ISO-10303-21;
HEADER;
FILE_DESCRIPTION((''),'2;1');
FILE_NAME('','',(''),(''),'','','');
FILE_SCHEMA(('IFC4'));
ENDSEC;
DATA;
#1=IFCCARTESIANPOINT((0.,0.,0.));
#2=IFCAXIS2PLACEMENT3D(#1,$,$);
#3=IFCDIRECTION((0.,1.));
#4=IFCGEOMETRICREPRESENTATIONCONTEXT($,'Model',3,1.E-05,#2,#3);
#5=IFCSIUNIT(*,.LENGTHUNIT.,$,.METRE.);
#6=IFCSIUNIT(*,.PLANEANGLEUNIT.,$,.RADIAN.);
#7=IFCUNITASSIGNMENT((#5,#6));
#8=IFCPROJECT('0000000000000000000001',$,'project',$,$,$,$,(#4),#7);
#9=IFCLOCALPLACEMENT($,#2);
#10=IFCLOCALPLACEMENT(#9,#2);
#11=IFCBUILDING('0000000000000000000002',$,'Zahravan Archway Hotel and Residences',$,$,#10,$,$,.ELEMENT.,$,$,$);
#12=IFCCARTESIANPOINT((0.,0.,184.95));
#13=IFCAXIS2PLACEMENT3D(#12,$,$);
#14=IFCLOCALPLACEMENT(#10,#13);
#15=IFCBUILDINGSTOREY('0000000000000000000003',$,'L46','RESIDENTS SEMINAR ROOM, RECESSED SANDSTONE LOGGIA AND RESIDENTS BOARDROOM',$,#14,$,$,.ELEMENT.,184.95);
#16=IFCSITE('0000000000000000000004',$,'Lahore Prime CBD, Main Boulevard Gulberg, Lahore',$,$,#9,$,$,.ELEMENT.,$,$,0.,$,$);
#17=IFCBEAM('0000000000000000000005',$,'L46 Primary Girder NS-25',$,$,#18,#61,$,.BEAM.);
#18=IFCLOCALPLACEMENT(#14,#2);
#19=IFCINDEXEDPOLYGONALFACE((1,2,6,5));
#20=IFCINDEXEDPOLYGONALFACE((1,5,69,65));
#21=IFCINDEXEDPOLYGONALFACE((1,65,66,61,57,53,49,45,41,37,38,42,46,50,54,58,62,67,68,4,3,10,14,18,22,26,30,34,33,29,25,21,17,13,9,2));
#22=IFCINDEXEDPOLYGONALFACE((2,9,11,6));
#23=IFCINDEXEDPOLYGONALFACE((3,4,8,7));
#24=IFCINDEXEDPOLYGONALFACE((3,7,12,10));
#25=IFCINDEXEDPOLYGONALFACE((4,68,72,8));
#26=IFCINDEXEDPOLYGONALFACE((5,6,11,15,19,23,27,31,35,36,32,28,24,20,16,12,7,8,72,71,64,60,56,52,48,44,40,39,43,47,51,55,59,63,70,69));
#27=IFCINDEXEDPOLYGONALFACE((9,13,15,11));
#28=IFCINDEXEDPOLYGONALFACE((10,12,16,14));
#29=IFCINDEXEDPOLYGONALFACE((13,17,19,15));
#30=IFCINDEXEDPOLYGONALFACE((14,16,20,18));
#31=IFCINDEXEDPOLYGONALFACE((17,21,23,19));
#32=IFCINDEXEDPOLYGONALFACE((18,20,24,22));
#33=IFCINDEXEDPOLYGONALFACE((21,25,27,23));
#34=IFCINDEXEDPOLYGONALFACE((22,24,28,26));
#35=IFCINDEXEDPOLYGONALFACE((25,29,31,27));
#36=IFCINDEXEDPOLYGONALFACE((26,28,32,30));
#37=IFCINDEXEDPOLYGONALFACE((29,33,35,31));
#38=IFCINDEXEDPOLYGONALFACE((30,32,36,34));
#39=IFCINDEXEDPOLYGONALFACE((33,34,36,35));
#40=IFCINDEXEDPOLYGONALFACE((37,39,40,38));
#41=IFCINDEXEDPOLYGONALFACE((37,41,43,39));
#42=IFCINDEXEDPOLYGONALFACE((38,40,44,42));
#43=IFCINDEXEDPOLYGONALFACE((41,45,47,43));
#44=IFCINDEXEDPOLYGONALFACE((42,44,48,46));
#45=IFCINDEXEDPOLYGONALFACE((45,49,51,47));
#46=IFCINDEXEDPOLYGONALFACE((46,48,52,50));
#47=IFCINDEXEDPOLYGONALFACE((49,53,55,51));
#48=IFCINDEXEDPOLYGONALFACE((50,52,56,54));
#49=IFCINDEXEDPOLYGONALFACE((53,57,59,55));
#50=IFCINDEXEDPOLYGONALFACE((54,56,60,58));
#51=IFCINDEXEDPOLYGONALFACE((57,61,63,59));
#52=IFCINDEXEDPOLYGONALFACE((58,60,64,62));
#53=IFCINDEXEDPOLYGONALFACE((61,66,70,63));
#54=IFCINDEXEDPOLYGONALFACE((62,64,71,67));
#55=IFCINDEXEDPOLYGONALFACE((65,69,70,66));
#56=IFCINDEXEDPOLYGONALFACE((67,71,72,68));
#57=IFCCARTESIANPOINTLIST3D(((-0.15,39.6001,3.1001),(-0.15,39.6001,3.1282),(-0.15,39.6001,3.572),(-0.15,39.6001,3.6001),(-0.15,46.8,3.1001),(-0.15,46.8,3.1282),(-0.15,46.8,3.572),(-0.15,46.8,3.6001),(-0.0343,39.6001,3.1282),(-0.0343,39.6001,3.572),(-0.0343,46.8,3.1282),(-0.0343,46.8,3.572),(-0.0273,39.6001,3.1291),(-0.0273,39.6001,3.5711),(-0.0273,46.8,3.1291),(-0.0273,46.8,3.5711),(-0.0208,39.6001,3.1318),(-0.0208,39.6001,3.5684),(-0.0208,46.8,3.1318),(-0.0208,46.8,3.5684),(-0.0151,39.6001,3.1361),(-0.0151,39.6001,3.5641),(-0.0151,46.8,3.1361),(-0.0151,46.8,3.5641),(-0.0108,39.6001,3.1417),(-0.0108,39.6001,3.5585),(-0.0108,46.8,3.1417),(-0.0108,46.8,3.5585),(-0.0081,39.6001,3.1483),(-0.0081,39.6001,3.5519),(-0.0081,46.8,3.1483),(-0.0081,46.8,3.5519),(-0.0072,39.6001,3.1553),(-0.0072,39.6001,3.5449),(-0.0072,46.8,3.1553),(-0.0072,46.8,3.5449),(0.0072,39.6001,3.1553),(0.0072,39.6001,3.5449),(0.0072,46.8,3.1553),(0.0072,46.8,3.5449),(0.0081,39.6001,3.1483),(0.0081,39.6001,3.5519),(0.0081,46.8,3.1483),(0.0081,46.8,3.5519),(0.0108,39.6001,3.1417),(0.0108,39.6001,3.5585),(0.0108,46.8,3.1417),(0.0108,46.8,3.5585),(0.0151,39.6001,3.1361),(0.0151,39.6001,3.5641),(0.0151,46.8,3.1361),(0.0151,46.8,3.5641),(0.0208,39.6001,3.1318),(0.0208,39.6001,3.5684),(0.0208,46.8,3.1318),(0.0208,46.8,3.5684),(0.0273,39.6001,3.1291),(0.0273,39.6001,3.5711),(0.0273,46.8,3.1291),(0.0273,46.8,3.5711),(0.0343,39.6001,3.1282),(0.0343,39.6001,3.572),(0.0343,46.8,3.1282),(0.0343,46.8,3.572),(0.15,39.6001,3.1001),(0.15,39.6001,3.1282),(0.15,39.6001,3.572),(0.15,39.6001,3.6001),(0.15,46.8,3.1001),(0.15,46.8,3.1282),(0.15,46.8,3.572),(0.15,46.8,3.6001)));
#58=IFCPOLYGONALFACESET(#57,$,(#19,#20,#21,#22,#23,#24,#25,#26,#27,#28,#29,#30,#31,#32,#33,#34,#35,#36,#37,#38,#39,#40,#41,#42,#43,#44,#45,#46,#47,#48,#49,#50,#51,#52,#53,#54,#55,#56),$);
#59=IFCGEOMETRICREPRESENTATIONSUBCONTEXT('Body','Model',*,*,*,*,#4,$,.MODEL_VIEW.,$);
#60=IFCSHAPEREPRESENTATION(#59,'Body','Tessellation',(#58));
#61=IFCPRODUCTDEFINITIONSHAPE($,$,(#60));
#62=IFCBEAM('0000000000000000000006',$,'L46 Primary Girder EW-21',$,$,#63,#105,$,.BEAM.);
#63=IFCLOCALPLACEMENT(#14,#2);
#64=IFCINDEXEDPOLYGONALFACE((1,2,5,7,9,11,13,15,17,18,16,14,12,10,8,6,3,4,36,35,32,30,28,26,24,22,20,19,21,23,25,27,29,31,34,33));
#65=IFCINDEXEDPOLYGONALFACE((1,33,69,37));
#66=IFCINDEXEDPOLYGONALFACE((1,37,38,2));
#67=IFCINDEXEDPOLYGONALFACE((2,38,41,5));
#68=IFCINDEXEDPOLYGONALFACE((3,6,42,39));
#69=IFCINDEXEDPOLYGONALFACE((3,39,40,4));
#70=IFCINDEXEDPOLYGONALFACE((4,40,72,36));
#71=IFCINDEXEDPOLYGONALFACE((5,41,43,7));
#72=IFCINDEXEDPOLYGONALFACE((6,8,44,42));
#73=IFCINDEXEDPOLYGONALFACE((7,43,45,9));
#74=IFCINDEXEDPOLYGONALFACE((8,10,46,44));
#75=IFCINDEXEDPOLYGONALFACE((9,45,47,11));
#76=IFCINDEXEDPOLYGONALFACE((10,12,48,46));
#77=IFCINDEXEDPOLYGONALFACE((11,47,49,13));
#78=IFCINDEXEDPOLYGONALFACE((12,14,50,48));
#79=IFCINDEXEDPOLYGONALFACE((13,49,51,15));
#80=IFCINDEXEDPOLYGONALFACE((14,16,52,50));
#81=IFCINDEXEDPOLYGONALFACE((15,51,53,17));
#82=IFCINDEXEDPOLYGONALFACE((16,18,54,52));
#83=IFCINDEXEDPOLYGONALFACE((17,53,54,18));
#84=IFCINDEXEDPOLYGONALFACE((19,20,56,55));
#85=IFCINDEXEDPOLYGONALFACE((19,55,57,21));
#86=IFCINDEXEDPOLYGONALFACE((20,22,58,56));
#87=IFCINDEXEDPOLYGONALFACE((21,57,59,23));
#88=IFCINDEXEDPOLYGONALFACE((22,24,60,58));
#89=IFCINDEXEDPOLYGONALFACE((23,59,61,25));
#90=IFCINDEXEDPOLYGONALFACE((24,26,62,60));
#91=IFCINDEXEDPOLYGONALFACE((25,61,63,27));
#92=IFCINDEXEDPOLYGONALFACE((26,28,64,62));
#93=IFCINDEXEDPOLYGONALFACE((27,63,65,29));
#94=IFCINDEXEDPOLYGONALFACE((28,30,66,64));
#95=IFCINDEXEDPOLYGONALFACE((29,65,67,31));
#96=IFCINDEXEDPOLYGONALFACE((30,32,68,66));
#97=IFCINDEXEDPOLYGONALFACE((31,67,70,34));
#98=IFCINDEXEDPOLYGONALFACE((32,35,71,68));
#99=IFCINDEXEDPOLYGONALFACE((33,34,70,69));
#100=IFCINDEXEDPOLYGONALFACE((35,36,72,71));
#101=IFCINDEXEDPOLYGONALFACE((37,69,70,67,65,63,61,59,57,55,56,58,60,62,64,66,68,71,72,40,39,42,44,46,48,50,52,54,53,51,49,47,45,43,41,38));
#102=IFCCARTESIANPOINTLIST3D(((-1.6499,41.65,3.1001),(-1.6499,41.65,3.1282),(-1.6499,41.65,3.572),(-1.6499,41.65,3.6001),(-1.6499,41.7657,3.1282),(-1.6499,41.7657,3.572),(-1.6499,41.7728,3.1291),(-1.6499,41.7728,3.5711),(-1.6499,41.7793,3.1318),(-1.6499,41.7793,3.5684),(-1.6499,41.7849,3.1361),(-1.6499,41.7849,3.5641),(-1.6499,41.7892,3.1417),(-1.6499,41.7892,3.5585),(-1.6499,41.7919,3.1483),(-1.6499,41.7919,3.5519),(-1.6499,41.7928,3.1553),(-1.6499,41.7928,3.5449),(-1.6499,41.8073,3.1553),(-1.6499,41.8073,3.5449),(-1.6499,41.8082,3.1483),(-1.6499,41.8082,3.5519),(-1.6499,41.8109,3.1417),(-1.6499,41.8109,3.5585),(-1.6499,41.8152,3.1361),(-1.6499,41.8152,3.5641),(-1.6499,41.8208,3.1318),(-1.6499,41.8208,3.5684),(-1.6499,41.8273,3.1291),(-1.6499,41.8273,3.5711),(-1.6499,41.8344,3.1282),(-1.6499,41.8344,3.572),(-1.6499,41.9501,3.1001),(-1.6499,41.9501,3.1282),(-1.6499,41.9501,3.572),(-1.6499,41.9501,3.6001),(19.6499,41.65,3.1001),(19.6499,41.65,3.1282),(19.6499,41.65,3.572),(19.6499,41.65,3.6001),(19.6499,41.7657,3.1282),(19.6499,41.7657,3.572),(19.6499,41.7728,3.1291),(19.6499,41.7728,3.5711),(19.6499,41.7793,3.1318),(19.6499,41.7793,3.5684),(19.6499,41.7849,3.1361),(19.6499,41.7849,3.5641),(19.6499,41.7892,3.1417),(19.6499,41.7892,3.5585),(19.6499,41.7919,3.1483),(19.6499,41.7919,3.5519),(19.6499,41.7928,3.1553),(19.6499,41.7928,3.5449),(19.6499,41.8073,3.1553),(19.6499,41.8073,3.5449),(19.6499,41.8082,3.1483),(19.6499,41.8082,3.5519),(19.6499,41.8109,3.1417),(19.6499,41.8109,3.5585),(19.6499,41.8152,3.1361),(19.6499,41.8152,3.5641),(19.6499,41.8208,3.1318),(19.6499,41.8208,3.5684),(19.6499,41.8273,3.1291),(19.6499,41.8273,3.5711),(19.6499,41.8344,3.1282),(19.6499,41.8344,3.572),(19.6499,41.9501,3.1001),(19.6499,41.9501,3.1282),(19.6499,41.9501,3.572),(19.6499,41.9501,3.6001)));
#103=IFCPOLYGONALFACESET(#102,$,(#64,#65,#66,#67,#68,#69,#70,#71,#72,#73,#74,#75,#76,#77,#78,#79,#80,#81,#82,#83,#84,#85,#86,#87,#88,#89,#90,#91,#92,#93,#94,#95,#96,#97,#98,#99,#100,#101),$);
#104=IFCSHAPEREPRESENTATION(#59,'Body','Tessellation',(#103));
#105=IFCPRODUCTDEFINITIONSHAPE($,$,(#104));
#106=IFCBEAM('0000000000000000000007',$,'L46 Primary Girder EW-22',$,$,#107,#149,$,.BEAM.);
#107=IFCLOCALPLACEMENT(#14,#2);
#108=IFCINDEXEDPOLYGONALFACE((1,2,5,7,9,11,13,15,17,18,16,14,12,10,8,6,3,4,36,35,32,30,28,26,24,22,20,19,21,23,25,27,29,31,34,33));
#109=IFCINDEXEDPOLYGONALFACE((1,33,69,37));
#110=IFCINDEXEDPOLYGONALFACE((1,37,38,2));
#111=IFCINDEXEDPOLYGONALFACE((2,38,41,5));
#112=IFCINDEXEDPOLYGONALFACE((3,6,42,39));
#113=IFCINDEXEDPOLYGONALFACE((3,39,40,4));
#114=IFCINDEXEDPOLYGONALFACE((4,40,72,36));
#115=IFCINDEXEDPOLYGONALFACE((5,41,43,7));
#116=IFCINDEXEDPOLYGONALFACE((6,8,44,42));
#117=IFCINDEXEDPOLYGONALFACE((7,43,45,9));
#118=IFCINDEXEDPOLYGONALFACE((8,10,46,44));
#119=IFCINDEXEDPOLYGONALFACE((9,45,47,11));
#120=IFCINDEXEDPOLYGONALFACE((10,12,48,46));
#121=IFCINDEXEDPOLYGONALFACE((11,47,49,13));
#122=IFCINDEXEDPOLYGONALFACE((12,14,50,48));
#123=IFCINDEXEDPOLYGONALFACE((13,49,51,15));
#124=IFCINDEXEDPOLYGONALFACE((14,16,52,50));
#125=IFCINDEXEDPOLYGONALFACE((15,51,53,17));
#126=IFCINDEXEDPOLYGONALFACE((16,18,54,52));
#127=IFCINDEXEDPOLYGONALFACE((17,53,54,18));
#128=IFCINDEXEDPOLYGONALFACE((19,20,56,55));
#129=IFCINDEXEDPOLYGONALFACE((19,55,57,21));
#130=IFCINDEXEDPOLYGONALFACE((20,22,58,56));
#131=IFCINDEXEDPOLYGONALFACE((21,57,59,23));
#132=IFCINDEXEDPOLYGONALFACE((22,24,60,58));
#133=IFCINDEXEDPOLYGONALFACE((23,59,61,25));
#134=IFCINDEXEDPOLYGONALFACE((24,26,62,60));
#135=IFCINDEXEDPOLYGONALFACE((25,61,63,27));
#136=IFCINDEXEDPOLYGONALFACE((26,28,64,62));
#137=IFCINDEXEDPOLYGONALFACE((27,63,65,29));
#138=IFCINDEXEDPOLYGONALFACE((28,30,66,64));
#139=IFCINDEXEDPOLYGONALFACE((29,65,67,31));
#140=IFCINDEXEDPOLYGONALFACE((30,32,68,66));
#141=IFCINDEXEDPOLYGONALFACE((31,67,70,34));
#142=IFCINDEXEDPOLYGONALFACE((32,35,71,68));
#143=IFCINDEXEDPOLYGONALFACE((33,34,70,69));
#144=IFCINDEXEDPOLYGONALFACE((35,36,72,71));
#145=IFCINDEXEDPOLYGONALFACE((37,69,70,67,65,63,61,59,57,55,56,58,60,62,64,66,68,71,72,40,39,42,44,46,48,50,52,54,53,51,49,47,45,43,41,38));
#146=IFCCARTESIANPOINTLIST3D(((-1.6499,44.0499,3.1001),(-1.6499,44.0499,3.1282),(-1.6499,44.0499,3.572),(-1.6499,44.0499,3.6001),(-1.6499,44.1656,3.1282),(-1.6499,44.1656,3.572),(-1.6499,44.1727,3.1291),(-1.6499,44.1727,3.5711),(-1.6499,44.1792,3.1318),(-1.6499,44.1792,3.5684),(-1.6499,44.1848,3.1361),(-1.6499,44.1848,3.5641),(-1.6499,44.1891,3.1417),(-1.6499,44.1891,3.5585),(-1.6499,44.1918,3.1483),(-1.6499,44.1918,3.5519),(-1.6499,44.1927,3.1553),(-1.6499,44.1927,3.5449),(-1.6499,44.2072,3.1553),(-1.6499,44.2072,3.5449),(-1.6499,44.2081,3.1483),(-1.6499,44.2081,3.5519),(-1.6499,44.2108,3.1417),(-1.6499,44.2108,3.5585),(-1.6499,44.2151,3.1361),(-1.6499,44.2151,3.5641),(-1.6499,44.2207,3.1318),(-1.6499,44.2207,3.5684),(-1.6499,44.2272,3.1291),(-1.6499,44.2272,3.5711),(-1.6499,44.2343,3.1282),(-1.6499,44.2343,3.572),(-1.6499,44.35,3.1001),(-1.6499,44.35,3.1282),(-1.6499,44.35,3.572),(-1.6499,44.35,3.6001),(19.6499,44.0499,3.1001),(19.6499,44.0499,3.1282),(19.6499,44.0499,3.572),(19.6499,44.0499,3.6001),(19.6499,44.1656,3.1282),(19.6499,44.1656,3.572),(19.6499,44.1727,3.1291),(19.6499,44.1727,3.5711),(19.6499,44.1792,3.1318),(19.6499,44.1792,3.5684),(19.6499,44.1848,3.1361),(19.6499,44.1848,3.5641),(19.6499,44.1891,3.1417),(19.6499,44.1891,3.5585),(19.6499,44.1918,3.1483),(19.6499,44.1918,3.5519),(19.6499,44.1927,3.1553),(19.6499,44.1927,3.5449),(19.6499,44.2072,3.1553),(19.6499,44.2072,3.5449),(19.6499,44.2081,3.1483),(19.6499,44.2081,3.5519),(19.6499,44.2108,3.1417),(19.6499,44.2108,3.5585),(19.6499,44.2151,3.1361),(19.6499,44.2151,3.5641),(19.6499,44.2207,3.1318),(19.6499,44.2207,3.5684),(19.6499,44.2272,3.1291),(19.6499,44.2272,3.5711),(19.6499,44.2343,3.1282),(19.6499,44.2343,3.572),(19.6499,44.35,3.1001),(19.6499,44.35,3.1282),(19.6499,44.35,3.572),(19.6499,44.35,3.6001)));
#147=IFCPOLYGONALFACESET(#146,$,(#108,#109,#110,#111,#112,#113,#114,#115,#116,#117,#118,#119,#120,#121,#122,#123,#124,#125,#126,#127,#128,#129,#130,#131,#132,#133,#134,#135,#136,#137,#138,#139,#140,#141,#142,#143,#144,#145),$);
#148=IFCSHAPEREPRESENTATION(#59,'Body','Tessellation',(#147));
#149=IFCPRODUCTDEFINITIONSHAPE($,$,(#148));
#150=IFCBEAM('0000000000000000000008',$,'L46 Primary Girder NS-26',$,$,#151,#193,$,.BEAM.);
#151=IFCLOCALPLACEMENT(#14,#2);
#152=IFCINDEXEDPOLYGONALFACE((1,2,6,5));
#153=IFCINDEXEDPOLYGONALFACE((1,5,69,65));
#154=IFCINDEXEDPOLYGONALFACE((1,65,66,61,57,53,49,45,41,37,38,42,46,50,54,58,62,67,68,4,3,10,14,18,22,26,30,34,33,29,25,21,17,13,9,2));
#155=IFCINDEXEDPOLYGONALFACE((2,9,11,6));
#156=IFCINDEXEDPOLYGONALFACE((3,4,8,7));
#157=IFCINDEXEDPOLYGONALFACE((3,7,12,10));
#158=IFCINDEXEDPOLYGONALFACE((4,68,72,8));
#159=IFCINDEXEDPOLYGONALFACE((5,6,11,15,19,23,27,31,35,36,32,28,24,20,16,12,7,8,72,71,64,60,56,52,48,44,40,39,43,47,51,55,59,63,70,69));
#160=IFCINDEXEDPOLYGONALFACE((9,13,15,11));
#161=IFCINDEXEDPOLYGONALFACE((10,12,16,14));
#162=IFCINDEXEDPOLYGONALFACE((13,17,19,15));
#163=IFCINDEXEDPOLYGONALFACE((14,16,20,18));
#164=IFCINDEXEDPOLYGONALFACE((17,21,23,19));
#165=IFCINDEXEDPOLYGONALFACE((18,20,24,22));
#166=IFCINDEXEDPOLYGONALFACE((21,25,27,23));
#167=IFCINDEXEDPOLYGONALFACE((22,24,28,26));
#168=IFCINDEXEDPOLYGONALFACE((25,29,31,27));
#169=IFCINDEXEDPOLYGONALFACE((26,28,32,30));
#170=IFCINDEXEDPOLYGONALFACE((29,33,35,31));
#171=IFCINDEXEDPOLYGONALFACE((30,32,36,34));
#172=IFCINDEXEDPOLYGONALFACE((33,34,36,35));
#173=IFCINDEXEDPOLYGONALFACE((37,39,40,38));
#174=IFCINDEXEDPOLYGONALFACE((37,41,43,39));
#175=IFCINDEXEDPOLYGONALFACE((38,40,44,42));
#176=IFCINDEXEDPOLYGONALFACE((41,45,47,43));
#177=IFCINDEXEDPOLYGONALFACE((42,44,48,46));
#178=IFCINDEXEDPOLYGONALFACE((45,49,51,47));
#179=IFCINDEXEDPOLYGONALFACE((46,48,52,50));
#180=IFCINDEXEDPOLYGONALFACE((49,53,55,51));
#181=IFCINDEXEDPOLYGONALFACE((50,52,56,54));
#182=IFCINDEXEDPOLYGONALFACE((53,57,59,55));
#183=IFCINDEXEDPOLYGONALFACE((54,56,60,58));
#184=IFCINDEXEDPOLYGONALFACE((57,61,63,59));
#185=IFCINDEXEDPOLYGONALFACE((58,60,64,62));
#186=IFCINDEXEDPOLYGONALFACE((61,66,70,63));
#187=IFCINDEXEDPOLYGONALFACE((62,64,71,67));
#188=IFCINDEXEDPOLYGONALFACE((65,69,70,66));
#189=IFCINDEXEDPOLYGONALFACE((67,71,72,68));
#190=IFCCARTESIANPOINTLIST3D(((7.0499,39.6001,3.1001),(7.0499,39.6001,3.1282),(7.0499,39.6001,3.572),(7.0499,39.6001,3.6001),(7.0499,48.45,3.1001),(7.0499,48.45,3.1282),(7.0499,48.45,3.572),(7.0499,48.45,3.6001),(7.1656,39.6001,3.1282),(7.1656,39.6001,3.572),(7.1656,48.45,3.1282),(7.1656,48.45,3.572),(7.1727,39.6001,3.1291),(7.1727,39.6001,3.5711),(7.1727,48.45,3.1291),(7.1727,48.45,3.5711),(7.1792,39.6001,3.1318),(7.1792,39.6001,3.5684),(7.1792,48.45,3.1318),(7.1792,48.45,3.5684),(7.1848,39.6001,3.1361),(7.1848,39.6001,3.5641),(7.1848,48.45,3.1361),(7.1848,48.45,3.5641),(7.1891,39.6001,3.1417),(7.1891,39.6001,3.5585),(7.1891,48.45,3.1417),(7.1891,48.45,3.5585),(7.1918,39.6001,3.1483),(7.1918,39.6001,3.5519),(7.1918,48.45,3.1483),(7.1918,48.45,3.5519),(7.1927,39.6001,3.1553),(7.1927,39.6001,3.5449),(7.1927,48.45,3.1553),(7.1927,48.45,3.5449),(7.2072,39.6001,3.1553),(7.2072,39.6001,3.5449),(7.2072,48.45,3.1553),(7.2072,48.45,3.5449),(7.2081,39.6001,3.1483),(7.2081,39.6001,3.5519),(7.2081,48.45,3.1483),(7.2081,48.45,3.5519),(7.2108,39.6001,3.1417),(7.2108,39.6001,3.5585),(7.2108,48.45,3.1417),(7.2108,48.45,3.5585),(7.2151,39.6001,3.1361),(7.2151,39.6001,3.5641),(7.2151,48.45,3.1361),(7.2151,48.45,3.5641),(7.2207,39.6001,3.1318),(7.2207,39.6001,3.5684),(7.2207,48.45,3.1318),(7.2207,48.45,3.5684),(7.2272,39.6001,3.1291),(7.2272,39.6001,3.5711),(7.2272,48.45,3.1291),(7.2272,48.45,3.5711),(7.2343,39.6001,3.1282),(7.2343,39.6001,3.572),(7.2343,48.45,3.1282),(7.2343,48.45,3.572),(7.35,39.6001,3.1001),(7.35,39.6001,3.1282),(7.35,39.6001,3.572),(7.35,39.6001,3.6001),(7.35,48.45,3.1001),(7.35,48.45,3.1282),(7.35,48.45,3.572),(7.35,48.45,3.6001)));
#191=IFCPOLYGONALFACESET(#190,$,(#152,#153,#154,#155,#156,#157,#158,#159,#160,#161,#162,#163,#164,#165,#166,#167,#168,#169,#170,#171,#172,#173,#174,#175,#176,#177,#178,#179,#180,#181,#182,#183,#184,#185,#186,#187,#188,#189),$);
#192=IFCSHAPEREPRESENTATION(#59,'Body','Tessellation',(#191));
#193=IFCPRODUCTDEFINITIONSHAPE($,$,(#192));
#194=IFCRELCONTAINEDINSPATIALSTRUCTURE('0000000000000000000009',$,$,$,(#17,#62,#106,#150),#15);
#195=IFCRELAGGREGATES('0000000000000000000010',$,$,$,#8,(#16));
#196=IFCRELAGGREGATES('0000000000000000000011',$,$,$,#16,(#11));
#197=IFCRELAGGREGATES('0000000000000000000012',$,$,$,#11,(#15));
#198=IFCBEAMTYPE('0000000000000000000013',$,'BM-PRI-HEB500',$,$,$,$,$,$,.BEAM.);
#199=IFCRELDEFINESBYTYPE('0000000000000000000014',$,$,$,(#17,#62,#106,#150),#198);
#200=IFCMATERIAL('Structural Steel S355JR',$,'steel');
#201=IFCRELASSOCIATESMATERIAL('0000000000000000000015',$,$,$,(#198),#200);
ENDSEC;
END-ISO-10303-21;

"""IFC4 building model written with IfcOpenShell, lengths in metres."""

from ifc_helpers import new_model, si_unit, direction, frame, origin, origin_2d, place, context, subcontext, project, spatial, i_section, extrude, source, transform, mapped, material, material_profile, profile_set, type_object, element, save


model = new_model("IFC4")

# Units and contexts
model_context = context("Model", 3, precision=1e-05, world=origin(), true_north=direction((0.0, 1.0)))
body_context = subcontext(model_context, "Body", "Model", "MODEL_VIEW")
ifc_project = project(units=[si_unit("LENGTHUNIT", "METRE"), si_unit("PLANEANGLEUNIT", "RADIAN")], contexts=[model_context])

# Site, building, storey
site_placement = place(None, origin())
site = spatial("IfcSite", under=ifc_project, at=site_placement, Name="Lahore Prime CBD, Main Boulevard Gulberg, Lahore", CompositionType="ELEMENT", RefElevation=0.0)
building_placement = place(site_placement, origin())
building = spatial("IfcBuilding", under=site, at=building_placement, Name="Zahravan Archway Hotel and Residences", CompositionType="ELEMENT")
storey_placement = place(building_placement, frame((0.0, 0.0, 184.95)))
storey = spatial("IfcBuildingStorey", under=building, at=storey_placement, Name="L46", Description="RESIDENTS SEMINAR ROOM, RECESSED SANDSTONE LOGGIA AND RESIDENTS BOARDROOM", CompositionType="ELEMENT", Elevation=184.95)

# Beams
ifc_material_1 = material(Name="Structural Steel S355JR", Category="steel")
ifc_material_profile_1 = material_profile(ifc_material_1, i_section(OverallWidth=0.3, OverallDepth=0.5, WebThickness=0.0144, FlangeThickness=0.0281, FilletRadius=0.0271, at=origin_2d()), Name="HEB 500", Category="steel")
ifc_profile_set_1 = profile_set([ifc_material_profile_1], Name="Structural Steel S355JR")
beam_type_1 = type_object("IfcBeamType", Name="BM-PRI-HEB500", PredefinedType="BEAM", material=ifc_profile_set_1)
shared_shape_1 = source(origin(), body_context, "Body", "SweptSolid", [
    extrude(i_section(OverallWidth=0.3, OverallDepth=0.5, WebThickness=0.0144, FlangeThickness=0.0281, FilletRadius=0.0271, at=origin_2d()), origin(), (0.0, 0.0, 1.0), 7.2),
])
for number, where, z_axis, x_axis, name in (
    (1, (0.0, 39.6001, 3.3501), (0.0, 1.0, 0.0), (-1.0, 0.0, 0.0), "L46 Primary Girder NS-25"),
):
    element("IfcBeam", number, at=place(storey_placement, frame(where, z_axis=z_axis, x_axis=x_axis)), inside=storey, type_object=beam_type_1, Name=name, PredefinedType="BEAM", context=body_context, shape_type="MappedRepresentation", body=[
        mapped(shared_shape_1, transform((0.0, 0.0, 0.0), scale=1.0)),
    ])
shared_shape_2 = source(origin(), body_context, "Body", "SweptSolid", [
    extrude(i_section(OverallWidth=0.3, OverallDepth=0.5, WebThickness=0.0144, FlangeThickness=0.0281, FilletRadius=0.0271, at=origin_2d()), origin(), (0.0, 0.0, 1.0), 21.2998),
])
for number, where, z_axis, x_axis, name in (
    (2, (-1.6499, 41.8, 3.3501), (1.0, 0.0, 0.0), (0.0, 1.0, 0.0), "L46 Primary Girder EW-21"),
    (3, (-1.6499, 44.2, 3.3501), (1.0, 0.0, 0.0), (0.0, 1.0, 0.0), "L46 Primary Girder EW-22"),
):
    element("IfcBeam", number, at=place(storey_placement, frame(where, z_axis=z_axis, x_axis=x_axis)), inside=storey, type_object=beam_type_1, Name=name, PredefinedType="BEAM", context=body_context, shape_type="MappedRepresentation", body=[
        mapped(shared_shape_2, transform((0.0, 0.0, 0.0), scale=1.0)),
    ])
shared_shape_3 = source(origin(), body_context, "Body", "SweptSolid", [
    extrude(i_section(OverallWidth=0.3, OverallDepth=0.5, WebThickness=0.0144, FlangeThickness=0.0281, FilletRadius=0.0271, at=origin_2d()), origin(), (0.0, 0.0, 1.0), 8.8499),
])
beam_1_placement = place(storey_placement, frame((7.2, 39.6001, 3.3501), z_axis=(0.0, 1.0, 0.0), x_axis=(-1.0, 0.0, 0.0)))
element("IfcBeam", 4, at=beam_1_placement, inside=storey, type_object=beam_type_1, Name="L46 Primary Girder NS-26", PredefinedType="BEAM", context=body_context, shape_type="MappedRepresentation", body=[
    mapped(shared_shape_3, transform((0.0, 0.0, 0.0), scale=1.0)),
])

save(model, "model.ifc")
